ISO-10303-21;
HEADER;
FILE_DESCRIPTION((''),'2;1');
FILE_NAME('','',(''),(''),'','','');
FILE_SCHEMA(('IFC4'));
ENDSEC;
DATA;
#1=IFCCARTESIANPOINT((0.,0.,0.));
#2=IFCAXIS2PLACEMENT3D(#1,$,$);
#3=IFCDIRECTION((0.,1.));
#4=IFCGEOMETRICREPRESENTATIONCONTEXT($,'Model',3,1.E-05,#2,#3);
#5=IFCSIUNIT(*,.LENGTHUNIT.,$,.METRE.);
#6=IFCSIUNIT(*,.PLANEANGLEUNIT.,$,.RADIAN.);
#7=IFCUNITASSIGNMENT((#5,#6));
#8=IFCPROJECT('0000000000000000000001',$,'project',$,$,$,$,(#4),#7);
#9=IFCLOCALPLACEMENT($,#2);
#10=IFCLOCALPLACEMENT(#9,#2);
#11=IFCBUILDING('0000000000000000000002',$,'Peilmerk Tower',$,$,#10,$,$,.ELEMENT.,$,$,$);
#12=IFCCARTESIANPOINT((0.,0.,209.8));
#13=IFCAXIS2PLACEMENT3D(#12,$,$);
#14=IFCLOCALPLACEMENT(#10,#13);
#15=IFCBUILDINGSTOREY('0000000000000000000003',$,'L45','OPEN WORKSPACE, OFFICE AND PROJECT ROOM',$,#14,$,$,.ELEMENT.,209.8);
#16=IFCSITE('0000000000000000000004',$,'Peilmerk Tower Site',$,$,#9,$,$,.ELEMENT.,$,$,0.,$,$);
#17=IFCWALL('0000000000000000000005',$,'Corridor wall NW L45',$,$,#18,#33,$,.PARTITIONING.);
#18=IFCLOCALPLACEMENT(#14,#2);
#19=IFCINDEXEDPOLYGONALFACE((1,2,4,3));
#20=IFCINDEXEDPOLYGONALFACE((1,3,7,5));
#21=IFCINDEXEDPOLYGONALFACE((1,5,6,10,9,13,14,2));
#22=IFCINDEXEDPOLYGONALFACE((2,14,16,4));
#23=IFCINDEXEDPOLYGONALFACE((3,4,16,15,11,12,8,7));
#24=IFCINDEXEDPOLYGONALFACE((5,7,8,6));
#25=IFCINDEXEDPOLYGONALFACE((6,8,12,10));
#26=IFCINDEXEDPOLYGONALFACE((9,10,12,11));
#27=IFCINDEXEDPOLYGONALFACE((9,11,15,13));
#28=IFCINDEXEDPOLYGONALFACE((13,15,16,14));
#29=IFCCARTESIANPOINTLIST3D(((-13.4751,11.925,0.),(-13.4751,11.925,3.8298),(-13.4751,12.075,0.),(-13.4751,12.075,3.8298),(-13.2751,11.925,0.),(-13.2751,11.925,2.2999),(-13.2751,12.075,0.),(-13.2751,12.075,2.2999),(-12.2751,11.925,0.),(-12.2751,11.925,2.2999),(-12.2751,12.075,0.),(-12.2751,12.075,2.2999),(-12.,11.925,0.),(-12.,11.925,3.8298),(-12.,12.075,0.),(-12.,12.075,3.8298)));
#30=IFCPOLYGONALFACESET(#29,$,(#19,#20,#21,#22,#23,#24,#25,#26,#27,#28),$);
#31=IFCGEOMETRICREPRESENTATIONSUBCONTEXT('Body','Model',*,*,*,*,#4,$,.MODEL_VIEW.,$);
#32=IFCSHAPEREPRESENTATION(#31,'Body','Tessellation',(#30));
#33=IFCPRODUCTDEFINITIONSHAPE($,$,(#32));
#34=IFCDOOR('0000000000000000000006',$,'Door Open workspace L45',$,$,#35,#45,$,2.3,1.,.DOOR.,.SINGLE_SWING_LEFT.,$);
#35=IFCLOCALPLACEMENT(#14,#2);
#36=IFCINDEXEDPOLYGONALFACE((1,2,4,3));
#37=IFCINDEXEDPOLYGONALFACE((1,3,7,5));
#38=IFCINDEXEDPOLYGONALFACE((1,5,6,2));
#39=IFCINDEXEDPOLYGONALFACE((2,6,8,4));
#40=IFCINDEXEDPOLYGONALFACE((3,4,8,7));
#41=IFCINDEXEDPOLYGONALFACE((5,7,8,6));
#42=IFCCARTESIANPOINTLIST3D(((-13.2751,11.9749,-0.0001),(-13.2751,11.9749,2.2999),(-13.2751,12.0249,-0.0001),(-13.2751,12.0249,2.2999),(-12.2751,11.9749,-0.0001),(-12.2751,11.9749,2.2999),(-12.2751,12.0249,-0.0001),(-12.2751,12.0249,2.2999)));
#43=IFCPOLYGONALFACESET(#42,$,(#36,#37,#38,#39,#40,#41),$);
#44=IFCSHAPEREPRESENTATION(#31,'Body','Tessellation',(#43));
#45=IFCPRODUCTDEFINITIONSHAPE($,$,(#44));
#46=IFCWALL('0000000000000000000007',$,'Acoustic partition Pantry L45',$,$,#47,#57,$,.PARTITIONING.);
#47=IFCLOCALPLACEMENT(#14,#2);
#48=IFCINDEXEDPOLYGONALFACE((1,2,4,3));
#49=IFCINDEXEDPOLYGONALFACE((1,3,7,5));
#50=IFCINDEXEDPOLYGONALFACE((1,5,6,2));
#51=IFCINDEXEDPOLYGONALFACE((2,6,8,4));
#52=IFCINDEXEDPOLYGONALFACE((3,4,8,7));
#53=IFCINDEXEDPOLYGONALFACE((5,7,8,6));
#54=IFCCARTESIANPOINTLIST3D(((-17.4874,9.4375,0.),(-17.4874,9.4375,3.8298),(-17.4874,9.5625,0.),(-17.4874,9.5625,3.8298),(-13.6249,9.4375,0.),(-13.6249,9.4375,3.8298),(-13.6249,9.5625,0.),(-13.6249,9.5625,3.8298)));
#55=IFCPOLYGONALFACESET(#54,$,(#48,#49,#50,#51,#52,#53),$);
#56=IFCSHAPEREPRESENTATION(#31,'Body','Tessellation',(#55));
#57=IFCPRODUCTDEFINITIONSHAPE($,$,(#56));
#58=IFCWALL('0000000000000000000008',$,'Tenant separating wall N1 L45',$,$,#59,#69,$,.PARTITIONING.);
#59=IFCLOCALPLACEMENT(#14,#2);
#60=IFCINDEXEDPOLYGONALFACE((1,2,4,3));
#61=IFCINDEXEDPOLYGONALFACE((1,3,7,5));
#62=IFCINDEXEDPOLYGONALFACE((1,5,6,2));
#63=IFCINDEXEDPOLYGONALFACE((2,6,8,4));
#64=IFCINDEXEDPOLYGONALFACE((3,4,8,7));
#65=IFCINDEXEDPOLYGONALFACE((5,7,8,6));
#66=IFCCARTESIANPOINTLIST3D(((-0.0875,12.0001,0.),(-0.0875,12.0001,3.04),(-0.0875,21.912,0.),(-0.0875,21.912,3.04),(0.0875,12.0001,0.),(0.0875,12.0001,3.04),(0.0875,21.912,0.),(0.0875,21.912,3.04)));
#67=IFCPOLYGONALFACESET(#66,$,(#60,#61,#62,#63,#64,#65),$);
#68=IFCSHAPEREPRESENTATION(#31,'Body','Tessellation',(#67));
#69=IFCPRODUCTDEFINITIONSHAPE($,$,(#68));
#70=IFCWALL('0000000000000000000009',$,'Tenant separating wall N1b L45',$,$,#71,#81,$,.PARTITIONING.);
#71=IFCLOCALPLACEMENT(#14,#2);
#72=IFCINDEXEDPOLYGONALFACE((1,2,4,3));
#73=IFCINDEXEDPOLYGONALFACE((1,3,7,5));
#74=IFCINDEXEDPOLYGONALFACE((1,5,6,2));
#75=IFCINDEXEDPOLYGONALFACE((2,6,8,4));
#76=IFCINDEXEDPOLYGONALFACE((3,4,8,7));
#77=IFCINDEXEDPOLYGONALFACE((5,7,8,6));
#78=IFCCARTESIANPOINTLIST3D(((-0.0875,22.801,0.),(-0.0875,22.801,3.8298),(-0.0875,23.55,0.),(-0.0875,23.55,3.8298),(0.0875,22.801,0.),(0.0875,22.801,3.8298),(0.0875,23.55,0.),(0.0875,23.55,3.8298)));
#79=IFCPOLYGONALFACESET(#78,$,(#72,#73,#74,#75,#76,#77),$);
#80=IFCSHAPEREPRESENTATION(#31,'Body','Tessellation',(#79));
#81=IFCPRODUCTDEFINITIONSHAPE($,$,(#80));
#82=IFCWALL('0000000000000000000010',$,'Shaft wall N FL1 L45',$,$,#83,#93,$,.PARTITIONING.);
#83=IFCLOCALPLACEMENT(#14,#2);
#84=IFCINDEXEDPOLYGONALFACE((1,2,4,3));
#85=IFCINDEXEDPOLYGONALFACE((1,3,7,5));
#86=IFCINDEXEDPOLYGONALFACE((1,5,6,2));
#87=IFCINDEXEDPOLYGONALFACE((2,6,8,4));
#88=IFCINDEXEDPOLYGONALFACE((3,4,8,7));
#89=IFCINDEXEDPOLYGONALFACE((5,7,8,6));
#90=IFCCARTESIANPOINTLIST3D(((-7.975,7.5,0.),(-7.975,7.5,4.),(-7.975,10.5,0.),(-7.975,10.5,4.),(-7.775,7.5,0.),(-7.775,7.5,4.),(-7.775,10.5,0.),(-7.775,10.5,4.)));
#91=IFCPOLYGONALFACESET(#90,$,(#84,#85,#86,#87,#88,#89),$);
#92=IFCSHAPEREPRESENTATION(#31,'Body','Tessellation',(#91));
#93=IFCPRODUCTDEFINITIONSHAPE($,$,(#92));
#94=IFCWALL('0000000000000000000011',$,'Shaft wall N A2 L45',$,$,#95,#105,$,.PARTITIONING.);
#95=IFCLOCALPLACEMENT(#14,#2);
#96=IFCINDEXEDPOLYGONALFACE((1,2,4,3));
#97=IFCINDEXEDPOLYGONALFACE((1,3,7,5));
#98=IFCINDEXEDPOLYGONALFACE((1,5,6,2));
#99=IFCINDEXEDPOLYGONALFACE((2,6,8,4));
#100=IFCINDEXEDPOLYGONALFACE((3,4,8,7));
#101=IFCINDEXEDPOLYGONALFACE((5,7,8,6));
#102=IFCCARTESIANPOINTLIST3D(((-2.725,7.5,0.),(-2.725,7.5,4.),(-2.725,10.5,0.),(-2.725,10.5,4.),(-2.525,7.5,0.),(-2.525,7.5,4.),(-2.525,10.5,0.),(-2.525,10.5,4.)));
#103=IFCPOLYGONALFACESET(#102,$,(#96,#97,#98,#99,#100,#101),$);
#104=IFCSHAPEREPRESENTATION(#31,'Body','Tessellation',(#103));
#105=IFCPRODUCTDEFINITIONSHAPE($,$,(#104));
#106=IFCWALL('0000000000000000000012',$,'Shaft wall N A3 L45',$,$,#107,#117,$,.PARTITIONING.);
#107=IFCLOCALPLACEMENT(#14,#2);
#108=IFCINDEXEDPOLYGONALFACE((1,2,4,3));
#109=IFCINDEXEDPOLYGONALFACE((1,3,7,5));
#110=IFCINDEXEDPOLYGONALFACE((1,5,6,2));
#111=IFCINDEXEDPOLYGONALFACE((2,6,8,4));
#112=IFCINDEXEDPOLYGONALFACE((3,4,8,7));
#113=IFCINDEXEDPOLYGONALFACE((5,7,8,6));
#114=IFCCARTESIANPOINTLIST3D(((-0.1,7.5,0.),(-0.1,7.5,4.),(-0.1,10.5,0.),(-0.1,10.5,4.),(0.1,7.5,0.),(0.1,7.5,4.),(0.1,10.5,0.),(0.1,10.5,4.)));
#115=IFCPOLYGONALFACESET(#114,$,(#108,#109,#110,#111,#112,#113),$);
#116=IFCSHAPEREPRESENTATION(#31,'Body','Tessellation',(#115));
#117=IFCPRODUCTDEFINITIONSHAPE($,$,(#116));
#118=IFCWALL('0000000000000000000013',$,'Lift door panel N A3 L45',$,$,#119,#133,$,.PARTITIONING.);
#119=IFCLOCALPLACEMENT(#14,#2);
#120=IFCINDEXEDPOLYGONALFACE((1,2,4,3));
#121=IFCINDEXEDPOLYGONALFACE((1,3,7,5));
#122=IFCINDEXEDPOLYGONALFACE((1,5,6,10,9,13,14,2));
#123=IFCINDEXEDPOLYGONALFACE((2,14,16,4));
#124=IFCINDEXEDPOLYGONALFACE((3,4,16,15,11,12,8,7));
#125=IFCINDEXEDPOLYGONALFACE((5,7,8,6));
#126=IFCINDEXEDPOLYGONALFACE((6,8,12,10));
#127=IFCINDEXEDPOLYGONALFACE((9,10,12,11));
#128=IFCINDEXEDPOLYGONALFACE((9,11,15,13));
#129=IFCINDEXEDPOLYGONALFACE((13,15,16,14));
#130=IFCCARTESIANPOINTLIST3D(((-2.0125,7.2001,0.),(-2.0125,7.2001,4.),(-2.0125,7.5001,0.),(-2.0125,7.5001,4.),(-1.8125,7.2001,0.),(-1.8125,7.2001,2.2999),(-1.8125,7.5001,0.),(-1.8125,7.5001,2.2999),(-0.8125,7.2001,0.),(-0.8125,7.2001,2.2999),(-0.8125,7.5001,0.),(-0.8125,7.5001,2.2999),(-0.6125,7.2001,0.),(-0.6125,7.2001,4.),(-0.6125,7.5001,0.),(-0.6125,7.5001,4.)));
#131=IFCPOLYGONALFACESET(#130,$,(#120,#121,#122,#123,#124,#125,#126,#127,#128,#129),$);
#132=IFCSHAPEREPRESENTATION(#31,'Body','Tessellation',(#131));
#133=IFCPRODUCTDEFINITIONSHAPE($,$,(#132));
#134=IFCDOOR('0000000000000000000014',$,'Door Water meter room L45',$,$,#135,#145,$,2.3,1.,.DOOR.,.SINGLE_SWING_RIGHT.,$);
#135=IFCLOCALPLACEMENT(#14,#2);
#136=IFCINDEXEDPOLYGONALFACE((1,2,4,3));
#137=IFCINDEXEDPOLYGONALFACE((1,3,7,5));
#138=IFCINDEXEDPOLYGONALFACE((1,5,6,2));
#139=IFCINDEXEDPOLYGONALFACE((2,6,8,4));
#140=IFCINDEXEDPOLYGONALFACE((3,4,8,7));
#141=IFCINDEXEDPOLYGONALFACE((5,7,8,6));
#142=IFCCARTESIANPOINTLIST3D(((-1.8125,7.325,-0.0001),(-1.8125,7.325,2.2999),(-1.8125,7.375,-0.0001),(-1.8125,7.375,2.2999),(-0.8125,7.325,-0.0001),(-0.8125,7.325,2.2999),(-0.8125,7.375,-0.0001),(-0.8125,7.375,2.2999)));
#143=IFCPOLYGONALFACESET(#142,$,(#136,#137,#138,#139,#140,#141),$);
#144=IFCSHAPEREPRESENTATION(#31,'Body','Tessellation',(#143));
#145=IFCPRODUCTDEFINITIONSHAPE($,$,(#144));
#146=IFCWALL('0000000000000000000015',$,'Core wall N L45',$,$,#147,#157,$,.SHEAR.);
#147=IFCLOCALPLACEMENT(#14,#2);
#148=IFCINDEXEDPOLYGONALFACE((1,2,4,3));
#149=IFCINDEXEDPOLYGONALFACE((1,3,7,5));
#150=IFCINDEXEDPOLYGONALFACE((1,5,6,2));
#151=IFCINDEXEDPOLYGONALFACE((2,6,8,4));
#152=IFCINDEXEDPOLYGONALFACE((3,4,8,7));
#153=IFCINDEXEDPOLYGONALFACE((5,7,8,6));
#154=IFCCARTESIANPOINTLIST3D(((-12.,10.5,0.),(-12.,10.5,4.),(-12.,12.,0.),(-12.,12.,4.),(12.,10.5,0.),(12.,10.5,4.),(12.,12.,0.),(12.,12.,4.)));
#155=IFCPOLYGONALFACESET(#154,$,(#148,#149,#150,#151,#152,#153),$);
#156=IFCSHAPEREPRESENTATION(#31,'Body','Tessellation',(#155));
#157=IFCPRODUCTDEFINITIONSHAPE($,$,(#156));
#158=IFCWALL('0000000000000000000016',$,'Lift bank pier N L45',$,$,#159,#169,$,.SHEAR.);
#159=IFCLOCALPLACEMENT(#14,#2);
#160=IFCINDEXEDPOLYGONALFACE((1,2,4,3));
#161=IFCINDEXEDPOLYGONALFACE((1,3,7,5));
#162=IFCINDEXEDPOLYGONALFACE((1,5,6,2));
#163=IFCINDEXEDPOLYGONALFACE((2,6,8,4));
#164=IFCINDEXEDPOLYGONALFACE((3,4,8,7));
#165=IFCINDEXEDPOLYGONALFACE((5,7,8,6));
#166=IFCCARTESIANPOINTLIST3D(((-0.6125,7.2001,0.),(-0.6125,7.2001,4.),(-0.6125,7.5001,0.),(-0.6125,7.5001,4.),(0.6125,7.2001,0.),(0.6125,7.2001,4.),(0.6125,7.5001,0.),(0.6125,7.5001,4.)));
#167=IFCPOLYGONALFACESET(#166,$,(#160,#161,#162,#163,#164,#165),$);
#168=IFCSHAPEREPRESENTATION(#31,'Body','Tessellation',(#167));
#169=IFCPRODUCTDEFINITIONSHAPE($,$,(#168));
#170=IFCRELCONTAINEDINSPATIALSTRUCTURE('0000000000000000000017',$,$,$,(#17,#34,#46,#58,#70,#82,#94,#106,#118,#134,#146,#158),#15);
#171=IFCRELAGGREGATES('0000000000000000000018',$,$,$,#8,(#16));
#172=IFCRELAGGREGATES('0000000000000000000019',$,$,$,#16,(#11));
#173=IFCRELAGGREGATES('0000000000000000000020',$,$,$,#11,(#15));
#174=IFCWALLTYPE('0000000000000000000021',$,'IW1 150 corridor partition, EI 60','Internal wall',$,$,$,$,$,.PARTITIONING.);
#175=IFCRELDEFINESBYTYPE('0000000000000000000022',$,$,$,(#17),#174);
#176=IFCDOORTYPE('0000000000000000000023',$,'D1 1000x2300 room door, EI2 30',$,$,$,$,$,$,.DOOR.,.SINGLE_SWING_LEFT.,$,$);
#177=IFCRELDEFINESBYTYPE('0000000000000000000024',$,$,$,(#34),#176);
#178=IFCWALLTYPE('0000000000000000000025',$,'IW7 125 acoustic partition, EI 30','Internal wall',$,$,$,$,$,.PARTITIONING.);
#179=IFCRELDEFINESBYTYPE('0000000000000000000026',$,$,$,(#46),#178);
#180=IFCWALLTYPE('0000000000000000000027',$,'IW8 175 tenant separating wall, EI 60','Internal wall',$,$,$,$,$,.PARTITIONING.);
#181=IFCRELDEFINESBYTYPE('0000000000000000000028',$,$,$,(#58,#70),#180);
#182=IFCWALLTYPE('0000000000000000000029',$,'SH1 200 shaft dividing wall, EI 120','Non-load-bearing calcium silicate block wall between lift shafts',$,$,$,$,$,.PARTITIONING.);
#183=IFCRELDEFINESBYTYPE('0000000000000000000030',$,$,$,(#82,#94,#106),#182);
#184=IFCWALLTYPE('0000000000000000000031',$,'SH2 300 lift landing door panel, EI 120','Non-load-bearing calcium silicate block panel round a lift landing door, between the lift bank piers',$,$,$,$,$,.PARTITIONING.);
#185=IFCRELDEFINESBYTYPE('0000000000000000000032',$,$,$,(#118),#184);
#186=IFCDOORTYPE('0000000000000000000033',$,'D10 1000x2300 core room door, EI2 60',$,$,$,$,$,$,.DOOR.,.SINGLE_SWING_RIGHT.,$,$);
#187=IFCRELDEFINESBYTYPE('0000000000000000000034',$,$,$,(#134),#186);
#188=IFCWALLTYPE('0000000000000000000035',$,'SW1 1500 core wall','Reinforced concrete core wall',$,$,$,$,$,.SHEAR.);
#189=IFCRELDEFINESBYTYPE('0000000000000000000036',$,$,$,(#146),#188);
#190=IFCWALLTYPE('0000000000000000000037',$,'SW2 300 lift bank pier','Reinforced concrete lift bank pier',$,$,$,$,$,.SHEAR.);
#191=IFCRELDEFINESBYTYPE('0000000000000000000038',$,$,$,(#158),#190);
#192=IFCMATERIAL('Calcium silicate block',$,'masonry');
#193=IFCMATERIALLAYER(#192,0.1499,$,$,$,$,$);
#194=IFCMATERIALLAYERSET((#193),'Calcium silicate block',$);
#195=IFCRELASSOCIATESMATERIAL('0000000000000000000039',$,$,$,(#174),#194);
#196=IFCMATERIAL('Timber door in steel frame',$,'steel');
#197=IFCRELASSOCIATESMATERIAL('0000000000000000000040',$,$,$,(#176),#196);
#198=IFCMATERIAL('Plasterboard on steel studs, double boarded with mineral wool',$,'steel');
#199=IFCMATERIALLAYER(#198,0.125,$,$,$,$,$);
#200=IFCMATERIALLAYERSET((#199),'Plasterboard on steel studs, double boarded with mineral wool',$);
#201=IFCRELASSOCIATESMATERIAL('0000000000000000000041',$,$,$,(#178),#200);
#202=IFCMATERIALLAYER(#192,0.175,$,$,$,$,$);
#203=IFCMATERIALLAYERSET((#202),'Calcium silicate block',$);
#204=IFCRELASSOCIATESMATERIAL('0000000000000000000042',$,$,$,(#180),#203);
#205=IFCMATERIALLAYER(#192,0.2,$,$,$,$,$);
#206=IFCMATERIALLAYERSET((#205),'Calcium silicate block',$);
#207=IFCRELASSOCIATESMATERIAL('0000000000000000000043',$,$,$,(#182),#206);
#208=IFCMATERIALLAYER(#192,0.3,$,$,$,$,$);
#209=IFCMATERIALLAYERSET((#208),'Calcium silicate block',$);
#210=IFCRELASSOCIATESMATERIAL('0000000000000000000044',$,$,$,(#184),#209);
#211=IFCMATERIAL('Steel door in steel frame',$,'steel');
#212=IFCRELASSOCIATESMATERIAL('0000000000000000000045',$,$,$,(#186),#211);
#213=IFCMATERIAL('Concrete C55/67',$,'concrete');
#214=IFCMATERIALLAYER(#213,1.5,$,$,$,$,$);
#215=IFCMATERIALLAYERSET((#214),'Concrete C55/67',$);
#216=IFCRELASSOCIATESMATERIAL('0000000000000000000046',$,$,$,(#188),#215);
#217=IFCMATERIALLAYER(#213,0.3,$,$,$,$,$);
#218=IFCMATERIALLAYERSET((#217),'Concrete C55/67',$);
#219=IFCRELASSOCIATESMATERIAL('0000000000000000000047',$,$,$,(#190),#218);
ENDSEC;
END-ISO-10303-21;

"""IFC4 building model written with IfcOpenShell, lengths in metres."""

from ifc_helpers import new_model, si_unit, direction, frame, frame_2d, origin, place, context, subcontext, project, spatial, rectangle, extrude, material, layer, layer_set, type_object, element, fill, save


model = new_model("IFC4")

# Units and contexts
model_context = context("Model", 3, precision=1e-05, world=origin(), true_north=direction((0.0, 1.0)))
body_context = subcontext(model_context, "Body", "Model", "MODEL_VIEW")
ifc_project = project(units=[si_unit("LENGTHUNIT", "METRE"), si_unit("PLANEANGLEUNIT", "RADIAN")], contexts=[model_context])

# Site, building, storey
site_placement = place(None, origin())
site = spatial("IfcSite", under=ifc_project, at=site_placement, Name="Peilmerk Tower Site", CompositionType="ELEMENT", RefElevation=0.0)
building_placement = place(site_placement, origin())
building = spatial("IfcBuilding", under=site, at=building_placement, Name="Peilmerk Tower", CompositionType="ELEMENT")
storey_placement = place(building_placement, frame((0.0, 0.0, 209.8)))
storey = spatial("IfcBuildingStorey", under=building, at=storey_placement, Name="L45", Description="OPEN WORKSPACE, OFFICE AND PROJECT ROOM", CompositionType="ELEMENT", Elevation=209.8)

# Shared definitions
ifc_material_1 = material(Name="Calcium silicate block", Category="masonry")
ifc_layer_1 = layer(ifc_material_1, 0.1499)
ifc_layer_set_1 = layer_set([ifc_layer_1], Name="Calcium silicate block")
wall_type_1 = type_object("IfcWallType", Name="IW1 150 corridor partition, EI 60", Description="Internal wall", PredefinedType="PARTITIONING", material=ifc_layer_set_1)
ifc_material_2 = material(Name="Timber door in steel frame", Category="steel")
door_type_1 = type_object("IfcDoorType", Name="D1 1000x2300 room door, EI2 30", OperationType="SINGLE_SWING_LEFT", PredefinedType="DOOR", material=ifc_material_2)

# Wall, opening, door
wall_1_placement = place(storey_placement, frame((-13.4751, 12.0, 0.0), z_axis=(0.0, 0.0, 1.0), x_axis=(1.0, 0.0, 0.0)))
wall_1 = element("IfcWall", 1, at=wall_1_placement, inside=storey, type_object=wall_type_1, Name="Corridor wall NW L45", PredefinedType="PARTITIONING", context=body_context, shape_type="SweptSolid", body=[
    extrude(rectangle(XDim=1.4751, YDim=0.1499, at=frame_2d((0.7375, 0.0))), origin(), (0.0, 0.0, 1.0), 3.8298),
])
opening_1_placement = place(wall_1_placement, frame((0.2, 0.0, 0.0)))
opening_1 = element("IfcOpeningElement", 2, at=opening_1_placement, cuts=wall_1, PredefinedType="OPENING", context=body_context, shape_type="SweptSolid", body=[
    extrude(rectangle(XDim=1.0, YDim=2.3, at=frame_2d((0.5, 1.1499))), frame((0.0, 0.085, 0.0), z_axis=(0.0, -1.0, 0.0), x_axis=(1.0, 0.0, 0.0)), (0.0, 0.0, 1.0), 0.1699),
])
door_1_placement = place(opening_1_placement, origin())
door_1 = element("IfcDoor", 3, at=door_1_placement, inside=storey, type_object=door_type_1, Name="Door Open workspace L45", OperationType="SINGLE_SWING_LEFT", OverallHeight=2.3, OverallWidth=1.0, PredefinedType="DOOR", context=body_context, shape_type="SweptSolid", body=[
    extrude(rectangle(XDim=1.0, YDim=2.3, at=frame_2d((0.5, 1.1499))), frame((0.0, 0.0249, 0.0), z_axis=(0.0, -1.0, 0.0), x_axis=(1.0, 0.0, 0.0)), (0.0, 0.0, 1.0), 0.05),
])
fill(opening_1, door_1)

# Walls
ifc_material_3 = material(Name="Plasterboard on steel studs, double boarded with mineral wool", Category="steel")
ifc_layer_2 = layer(ifc_material_3, 0.125)
ifc_layer_set_2 = layer_set([ifc_layer_2], Name="Plasterboard on steel studs, double boarded with mineral wool")
wall_type_2 = type_object("IfcWallType", Name="IW7 125 acoustic partition, EI 30", Description="Internal wall", PredefinedType="PARTITIONING", material=ifc_layer_set_2)
wall_2_placement = place(storey_placement, frame((-13.625, 9.5, 0.0), z_axis=(0.0, 0.0, 1.0), x_axis=(-1.0, 0.0, 0.0)))
element("IfcWall", 4, at=wall_2_placement, inside=storey, type_object=wall_type_2, Name="Acoustic partition Pantry L45", PredefinedType="PARTITIONING", context=body_context, shape_type="SweptSolid", body=[
    extrude(rectangle(XDim=3.8625, YDim=0.125, at=frame_2d((1.9312, 0.0))), origin(), (0.0, 0.0, 1.0), 3.8298),
])
ifc_layer_3 = layer(ifc_material_1, 0.175)
ifc_layer_set_3 = layer_set([ifc_layer_3], Name="Calcium silicate block")
wall_type_3 = type_object("IfcWallType", Name="IW8 175 tenant separating wall, EI 60", Description="Internal wall", PredefinedType="PARTITIONING", material=ifc_layer_set_3)
wall_3_placement = place(storey_placement, frame((0.0, 12.0, 0.0), z_axis=(0.0, 0.0, 1.0), x_axis=(0.0, 1.0, 0.0)))
element("IfcWall", 5, at=wall_3_placement, inside=storey, type_object=wall_type_3, Name="Tenant separating wall N1 L45", PredefinedType="PARTITIONING", context=body_context, shape_type="SweptSolid", body=[
    extrude(rectangle(XDim=9.9119, YDim=0.175, at=frame_2d((4.9561, 0.0))), origin(), (0.0, 0.0, 1.0), 3.04),
])
wall_4_placement = place(storey_placement, frame((0.0, 22.801, 0.0), z_axis=(0.0, 0.0, 1.0), x_axis=(0.0, 1.0, 0.0)))
element("IfcWall", 6, at=wall_4_placement, inside=storey, type_object=wall_type_3, Name="Tenant separating wall N1b L45", PredefinedType="PARTITIONING", context=body_context, shape_type="SweptSolid", body=[
    extrude(rectangle(XDim=0.749, YDim=0.175, at=frame_2d((0.3745, 0.0))), origin(), (0.0, 0.0, 1.0), 3.8298),
])
ifc_layer_4 = layer(ifc_material_1, 0.2)
ifc_layer_set_4 = layer_set([ifc_layer_4], Name="Calcium silicate block")
wall_type_4 = type_object("IfcWallType", Name="SH1 200 shaft dividing wall, EI 120", Description="Non-load-bearing calcium silicate block wall between lift shafts", PredefinedType="PARTITIONING", material=ifc_layer_set_4)
for number, where, z_axis, x_axis, name in (
    (7, (-7.875, 7.5, 0.0), (0.0, 0.0, 1.0), (0.0, 1.0, 0.0), "Shaft wall N FL1 L45"),
    (8, (-2.625, 7.5, 0.0), (0.0, 0.0, 1.0), (0.0, 1.0, 0.0), "Shaft wall N A2 L45"),
    (9, (0.0, 7.5, 0.0), (0.0, 0.0, 1.0), (0.0, 1.0, 0.0), "Shaft wall N A3 L45"),
):
    element("IfcWall", number, at=place(storey_placement, frame(where, z_axis=z_axis, x_axis=x_axis)), inside=storey, type_object=wall_type_4, Name=name, PredefinedType="PARTITIONING", context=body_context, shape_type="SweptSolid", body=[
        extrude(rectangle(XDim=3.0, YDim=0.2, at=frame_2d((1.5, 0.0))), origin(), (0.0, 0.0, 1.0), 4.0),
    ])

# Wall, opening, door
ifc_layer_5 = layer(ifc_material_1, 0.3)
ifc_layer_set_5 = layer_set([ifc_layer_5], Name="Calcium silicate block")
wall_type_5 = type_object("IfcWallType", Name="SH2 300 lift landing door panel, EI 120", Description="Non-load-bearing calcium silicate block panel round a lift landing door, between the lift bank piers", PredefinedType="PARTITIONING", material=ifc_layer_set_5)
wall_5_placement = place(storey_placement, frame((-2.0125, 7.3501, 0.0), z_axis=(0.0, 0.0, 1.0), x_axis=(1.0, 0.0, 0.0)))
wall_5 = element("IfcWall", 10, at=wall_5_placement, inside=storey, type_object=wall_type_5, Name="Lift door panel N A3 L45", PredefinedType="PARTITIONING", context=body_context, shape_type="SweptSolid", body=[
    extrude(rectangle(XDim=1.3999, YDim=0.3, at=frame_2d((0.7, 0.0))), origin(), (0.0, 0.0, 1.0), 4.0),
])
opening_2_placement = place(wall_5_placement, frame((0.2, 0.0, 0.0)))
opening_2 = element("IfcOpeningElement", 11, at=opening_2_placement, cuts=wall_5, PredefinedType="OPENING", context=body_context, shape_type="SweptSolid", body=[
    extrude(rectangle(XDim=1.0, YDim=2.3, at=frame_2d((0.5, 1.1499))), frame((0.0, 0.1599, 0.0), z_axis=(0.0, -1.0, 0.0), x_axis=(1.0, 0.0, 0.0)), (0.0, 0.0, 1.0), 0.3201),
])
ifc_material_4 = material(Name="Steel door in steel frame", Category="steel")
door_type_2 = type_object("IfcDoorType", Name="D10 1000x2300 core room door, EI2 60", OperationType="SINGLE_SWING_RIGHT", PredefinedType="DOOR", material=ifc_material_4)
door_2_placement = place(opening_2_placement, origin())
door_2 = element("IfcDoor", 12, at=door_2_placement, inside=storey, type_object=door_type_2, Name="Door Water meter room L45", OperationType="SINGLE_SWING_RIGHT", OverallHeight=2.3, OverallWidth=1.0, PredefinedType="DOOR", context=body_context, shape_type="SweptSolid", body=[
    extrude(rectangle(XDim=1.0, YDim=2.3, at=frame_2d((0.5, 1.1499))), frame((0.0, 0.0249, 0.0), z_axis=(0.0, -1.0, 0.0), x_axis=(1.0, 0.0, 0.0)), (0.0, 0.0, 1.0), 0.05),
])
fill(opening_2, door_2)

# Walls
ifc_material_5 = material(Name="Concrete C55/67", Category="concrete")
ifc_layer_6 = layer(ifc_material_5, 1.5)
ifc_layer_set_6 = layer_set([ifc_layer_6], Name="Concrete C55/67")
wall_type_6 = type_object("IfcWallType", Name="SW1 1500 core wall", Description="Reinforced concrete core wall", PredefinedType="SHEAR", material=ifc_layer_set_6)
wall_6_placement = place(storey_placement, frame((-12.0, 11.25, 0.0), z_axis=(0.0, 0.0, 1.0), x_axis=(1.0, 0.0, 0.0)))
element("IfcWall", 13, at=wall_6_placement, inside=storey, type_object=wall_type_6, Name="Core wall N L45", PredefinedType="SHEAR", context=body_context, shape_type="SweptSolid", body=[
    extrude(rectangle(XDim=24.0, YDim=1.5, at=frame_2d((12.0, 0.0))), origin(), (0.0, 0.0, 1.0), 4.0),
])
ifc_layer_7 = layer(ifc_material_5, 0.3)
ifc_layer_set_7 = layer_set([ifc_layer_7], Name="Concrete C55/67")
wall_type_7 = type_object("IfcWallType", Name="SW2 300 lift bank pier", Description="Reinforced concrete lift bank pier", PredefinedType="SHEAR", material=ifc_layer_set_7)
wall_7_placement = place(storey_placement, frame((-0.6125, 7.3501, 0.0), z_axis=(0.0, 0.0, 1.0), x_axis=(1.0, 0.0, 0.0)))
element("IfcWall", 14, at=wall_7_placement, inside=storey, type_object=wall_type_7, Name="Lift bank pier N L45", PredefinedType="SHEAR", context=body_context, shape_type="SweptSolid", body=[
    extrude(rectangle(XDim=1.2251, YDim=0.3, at=frame_2d((0.6125, 0.0))), origin(), (0.0, 0.0, 1.0), 4.0),
])

save(model, "model.ifc")
